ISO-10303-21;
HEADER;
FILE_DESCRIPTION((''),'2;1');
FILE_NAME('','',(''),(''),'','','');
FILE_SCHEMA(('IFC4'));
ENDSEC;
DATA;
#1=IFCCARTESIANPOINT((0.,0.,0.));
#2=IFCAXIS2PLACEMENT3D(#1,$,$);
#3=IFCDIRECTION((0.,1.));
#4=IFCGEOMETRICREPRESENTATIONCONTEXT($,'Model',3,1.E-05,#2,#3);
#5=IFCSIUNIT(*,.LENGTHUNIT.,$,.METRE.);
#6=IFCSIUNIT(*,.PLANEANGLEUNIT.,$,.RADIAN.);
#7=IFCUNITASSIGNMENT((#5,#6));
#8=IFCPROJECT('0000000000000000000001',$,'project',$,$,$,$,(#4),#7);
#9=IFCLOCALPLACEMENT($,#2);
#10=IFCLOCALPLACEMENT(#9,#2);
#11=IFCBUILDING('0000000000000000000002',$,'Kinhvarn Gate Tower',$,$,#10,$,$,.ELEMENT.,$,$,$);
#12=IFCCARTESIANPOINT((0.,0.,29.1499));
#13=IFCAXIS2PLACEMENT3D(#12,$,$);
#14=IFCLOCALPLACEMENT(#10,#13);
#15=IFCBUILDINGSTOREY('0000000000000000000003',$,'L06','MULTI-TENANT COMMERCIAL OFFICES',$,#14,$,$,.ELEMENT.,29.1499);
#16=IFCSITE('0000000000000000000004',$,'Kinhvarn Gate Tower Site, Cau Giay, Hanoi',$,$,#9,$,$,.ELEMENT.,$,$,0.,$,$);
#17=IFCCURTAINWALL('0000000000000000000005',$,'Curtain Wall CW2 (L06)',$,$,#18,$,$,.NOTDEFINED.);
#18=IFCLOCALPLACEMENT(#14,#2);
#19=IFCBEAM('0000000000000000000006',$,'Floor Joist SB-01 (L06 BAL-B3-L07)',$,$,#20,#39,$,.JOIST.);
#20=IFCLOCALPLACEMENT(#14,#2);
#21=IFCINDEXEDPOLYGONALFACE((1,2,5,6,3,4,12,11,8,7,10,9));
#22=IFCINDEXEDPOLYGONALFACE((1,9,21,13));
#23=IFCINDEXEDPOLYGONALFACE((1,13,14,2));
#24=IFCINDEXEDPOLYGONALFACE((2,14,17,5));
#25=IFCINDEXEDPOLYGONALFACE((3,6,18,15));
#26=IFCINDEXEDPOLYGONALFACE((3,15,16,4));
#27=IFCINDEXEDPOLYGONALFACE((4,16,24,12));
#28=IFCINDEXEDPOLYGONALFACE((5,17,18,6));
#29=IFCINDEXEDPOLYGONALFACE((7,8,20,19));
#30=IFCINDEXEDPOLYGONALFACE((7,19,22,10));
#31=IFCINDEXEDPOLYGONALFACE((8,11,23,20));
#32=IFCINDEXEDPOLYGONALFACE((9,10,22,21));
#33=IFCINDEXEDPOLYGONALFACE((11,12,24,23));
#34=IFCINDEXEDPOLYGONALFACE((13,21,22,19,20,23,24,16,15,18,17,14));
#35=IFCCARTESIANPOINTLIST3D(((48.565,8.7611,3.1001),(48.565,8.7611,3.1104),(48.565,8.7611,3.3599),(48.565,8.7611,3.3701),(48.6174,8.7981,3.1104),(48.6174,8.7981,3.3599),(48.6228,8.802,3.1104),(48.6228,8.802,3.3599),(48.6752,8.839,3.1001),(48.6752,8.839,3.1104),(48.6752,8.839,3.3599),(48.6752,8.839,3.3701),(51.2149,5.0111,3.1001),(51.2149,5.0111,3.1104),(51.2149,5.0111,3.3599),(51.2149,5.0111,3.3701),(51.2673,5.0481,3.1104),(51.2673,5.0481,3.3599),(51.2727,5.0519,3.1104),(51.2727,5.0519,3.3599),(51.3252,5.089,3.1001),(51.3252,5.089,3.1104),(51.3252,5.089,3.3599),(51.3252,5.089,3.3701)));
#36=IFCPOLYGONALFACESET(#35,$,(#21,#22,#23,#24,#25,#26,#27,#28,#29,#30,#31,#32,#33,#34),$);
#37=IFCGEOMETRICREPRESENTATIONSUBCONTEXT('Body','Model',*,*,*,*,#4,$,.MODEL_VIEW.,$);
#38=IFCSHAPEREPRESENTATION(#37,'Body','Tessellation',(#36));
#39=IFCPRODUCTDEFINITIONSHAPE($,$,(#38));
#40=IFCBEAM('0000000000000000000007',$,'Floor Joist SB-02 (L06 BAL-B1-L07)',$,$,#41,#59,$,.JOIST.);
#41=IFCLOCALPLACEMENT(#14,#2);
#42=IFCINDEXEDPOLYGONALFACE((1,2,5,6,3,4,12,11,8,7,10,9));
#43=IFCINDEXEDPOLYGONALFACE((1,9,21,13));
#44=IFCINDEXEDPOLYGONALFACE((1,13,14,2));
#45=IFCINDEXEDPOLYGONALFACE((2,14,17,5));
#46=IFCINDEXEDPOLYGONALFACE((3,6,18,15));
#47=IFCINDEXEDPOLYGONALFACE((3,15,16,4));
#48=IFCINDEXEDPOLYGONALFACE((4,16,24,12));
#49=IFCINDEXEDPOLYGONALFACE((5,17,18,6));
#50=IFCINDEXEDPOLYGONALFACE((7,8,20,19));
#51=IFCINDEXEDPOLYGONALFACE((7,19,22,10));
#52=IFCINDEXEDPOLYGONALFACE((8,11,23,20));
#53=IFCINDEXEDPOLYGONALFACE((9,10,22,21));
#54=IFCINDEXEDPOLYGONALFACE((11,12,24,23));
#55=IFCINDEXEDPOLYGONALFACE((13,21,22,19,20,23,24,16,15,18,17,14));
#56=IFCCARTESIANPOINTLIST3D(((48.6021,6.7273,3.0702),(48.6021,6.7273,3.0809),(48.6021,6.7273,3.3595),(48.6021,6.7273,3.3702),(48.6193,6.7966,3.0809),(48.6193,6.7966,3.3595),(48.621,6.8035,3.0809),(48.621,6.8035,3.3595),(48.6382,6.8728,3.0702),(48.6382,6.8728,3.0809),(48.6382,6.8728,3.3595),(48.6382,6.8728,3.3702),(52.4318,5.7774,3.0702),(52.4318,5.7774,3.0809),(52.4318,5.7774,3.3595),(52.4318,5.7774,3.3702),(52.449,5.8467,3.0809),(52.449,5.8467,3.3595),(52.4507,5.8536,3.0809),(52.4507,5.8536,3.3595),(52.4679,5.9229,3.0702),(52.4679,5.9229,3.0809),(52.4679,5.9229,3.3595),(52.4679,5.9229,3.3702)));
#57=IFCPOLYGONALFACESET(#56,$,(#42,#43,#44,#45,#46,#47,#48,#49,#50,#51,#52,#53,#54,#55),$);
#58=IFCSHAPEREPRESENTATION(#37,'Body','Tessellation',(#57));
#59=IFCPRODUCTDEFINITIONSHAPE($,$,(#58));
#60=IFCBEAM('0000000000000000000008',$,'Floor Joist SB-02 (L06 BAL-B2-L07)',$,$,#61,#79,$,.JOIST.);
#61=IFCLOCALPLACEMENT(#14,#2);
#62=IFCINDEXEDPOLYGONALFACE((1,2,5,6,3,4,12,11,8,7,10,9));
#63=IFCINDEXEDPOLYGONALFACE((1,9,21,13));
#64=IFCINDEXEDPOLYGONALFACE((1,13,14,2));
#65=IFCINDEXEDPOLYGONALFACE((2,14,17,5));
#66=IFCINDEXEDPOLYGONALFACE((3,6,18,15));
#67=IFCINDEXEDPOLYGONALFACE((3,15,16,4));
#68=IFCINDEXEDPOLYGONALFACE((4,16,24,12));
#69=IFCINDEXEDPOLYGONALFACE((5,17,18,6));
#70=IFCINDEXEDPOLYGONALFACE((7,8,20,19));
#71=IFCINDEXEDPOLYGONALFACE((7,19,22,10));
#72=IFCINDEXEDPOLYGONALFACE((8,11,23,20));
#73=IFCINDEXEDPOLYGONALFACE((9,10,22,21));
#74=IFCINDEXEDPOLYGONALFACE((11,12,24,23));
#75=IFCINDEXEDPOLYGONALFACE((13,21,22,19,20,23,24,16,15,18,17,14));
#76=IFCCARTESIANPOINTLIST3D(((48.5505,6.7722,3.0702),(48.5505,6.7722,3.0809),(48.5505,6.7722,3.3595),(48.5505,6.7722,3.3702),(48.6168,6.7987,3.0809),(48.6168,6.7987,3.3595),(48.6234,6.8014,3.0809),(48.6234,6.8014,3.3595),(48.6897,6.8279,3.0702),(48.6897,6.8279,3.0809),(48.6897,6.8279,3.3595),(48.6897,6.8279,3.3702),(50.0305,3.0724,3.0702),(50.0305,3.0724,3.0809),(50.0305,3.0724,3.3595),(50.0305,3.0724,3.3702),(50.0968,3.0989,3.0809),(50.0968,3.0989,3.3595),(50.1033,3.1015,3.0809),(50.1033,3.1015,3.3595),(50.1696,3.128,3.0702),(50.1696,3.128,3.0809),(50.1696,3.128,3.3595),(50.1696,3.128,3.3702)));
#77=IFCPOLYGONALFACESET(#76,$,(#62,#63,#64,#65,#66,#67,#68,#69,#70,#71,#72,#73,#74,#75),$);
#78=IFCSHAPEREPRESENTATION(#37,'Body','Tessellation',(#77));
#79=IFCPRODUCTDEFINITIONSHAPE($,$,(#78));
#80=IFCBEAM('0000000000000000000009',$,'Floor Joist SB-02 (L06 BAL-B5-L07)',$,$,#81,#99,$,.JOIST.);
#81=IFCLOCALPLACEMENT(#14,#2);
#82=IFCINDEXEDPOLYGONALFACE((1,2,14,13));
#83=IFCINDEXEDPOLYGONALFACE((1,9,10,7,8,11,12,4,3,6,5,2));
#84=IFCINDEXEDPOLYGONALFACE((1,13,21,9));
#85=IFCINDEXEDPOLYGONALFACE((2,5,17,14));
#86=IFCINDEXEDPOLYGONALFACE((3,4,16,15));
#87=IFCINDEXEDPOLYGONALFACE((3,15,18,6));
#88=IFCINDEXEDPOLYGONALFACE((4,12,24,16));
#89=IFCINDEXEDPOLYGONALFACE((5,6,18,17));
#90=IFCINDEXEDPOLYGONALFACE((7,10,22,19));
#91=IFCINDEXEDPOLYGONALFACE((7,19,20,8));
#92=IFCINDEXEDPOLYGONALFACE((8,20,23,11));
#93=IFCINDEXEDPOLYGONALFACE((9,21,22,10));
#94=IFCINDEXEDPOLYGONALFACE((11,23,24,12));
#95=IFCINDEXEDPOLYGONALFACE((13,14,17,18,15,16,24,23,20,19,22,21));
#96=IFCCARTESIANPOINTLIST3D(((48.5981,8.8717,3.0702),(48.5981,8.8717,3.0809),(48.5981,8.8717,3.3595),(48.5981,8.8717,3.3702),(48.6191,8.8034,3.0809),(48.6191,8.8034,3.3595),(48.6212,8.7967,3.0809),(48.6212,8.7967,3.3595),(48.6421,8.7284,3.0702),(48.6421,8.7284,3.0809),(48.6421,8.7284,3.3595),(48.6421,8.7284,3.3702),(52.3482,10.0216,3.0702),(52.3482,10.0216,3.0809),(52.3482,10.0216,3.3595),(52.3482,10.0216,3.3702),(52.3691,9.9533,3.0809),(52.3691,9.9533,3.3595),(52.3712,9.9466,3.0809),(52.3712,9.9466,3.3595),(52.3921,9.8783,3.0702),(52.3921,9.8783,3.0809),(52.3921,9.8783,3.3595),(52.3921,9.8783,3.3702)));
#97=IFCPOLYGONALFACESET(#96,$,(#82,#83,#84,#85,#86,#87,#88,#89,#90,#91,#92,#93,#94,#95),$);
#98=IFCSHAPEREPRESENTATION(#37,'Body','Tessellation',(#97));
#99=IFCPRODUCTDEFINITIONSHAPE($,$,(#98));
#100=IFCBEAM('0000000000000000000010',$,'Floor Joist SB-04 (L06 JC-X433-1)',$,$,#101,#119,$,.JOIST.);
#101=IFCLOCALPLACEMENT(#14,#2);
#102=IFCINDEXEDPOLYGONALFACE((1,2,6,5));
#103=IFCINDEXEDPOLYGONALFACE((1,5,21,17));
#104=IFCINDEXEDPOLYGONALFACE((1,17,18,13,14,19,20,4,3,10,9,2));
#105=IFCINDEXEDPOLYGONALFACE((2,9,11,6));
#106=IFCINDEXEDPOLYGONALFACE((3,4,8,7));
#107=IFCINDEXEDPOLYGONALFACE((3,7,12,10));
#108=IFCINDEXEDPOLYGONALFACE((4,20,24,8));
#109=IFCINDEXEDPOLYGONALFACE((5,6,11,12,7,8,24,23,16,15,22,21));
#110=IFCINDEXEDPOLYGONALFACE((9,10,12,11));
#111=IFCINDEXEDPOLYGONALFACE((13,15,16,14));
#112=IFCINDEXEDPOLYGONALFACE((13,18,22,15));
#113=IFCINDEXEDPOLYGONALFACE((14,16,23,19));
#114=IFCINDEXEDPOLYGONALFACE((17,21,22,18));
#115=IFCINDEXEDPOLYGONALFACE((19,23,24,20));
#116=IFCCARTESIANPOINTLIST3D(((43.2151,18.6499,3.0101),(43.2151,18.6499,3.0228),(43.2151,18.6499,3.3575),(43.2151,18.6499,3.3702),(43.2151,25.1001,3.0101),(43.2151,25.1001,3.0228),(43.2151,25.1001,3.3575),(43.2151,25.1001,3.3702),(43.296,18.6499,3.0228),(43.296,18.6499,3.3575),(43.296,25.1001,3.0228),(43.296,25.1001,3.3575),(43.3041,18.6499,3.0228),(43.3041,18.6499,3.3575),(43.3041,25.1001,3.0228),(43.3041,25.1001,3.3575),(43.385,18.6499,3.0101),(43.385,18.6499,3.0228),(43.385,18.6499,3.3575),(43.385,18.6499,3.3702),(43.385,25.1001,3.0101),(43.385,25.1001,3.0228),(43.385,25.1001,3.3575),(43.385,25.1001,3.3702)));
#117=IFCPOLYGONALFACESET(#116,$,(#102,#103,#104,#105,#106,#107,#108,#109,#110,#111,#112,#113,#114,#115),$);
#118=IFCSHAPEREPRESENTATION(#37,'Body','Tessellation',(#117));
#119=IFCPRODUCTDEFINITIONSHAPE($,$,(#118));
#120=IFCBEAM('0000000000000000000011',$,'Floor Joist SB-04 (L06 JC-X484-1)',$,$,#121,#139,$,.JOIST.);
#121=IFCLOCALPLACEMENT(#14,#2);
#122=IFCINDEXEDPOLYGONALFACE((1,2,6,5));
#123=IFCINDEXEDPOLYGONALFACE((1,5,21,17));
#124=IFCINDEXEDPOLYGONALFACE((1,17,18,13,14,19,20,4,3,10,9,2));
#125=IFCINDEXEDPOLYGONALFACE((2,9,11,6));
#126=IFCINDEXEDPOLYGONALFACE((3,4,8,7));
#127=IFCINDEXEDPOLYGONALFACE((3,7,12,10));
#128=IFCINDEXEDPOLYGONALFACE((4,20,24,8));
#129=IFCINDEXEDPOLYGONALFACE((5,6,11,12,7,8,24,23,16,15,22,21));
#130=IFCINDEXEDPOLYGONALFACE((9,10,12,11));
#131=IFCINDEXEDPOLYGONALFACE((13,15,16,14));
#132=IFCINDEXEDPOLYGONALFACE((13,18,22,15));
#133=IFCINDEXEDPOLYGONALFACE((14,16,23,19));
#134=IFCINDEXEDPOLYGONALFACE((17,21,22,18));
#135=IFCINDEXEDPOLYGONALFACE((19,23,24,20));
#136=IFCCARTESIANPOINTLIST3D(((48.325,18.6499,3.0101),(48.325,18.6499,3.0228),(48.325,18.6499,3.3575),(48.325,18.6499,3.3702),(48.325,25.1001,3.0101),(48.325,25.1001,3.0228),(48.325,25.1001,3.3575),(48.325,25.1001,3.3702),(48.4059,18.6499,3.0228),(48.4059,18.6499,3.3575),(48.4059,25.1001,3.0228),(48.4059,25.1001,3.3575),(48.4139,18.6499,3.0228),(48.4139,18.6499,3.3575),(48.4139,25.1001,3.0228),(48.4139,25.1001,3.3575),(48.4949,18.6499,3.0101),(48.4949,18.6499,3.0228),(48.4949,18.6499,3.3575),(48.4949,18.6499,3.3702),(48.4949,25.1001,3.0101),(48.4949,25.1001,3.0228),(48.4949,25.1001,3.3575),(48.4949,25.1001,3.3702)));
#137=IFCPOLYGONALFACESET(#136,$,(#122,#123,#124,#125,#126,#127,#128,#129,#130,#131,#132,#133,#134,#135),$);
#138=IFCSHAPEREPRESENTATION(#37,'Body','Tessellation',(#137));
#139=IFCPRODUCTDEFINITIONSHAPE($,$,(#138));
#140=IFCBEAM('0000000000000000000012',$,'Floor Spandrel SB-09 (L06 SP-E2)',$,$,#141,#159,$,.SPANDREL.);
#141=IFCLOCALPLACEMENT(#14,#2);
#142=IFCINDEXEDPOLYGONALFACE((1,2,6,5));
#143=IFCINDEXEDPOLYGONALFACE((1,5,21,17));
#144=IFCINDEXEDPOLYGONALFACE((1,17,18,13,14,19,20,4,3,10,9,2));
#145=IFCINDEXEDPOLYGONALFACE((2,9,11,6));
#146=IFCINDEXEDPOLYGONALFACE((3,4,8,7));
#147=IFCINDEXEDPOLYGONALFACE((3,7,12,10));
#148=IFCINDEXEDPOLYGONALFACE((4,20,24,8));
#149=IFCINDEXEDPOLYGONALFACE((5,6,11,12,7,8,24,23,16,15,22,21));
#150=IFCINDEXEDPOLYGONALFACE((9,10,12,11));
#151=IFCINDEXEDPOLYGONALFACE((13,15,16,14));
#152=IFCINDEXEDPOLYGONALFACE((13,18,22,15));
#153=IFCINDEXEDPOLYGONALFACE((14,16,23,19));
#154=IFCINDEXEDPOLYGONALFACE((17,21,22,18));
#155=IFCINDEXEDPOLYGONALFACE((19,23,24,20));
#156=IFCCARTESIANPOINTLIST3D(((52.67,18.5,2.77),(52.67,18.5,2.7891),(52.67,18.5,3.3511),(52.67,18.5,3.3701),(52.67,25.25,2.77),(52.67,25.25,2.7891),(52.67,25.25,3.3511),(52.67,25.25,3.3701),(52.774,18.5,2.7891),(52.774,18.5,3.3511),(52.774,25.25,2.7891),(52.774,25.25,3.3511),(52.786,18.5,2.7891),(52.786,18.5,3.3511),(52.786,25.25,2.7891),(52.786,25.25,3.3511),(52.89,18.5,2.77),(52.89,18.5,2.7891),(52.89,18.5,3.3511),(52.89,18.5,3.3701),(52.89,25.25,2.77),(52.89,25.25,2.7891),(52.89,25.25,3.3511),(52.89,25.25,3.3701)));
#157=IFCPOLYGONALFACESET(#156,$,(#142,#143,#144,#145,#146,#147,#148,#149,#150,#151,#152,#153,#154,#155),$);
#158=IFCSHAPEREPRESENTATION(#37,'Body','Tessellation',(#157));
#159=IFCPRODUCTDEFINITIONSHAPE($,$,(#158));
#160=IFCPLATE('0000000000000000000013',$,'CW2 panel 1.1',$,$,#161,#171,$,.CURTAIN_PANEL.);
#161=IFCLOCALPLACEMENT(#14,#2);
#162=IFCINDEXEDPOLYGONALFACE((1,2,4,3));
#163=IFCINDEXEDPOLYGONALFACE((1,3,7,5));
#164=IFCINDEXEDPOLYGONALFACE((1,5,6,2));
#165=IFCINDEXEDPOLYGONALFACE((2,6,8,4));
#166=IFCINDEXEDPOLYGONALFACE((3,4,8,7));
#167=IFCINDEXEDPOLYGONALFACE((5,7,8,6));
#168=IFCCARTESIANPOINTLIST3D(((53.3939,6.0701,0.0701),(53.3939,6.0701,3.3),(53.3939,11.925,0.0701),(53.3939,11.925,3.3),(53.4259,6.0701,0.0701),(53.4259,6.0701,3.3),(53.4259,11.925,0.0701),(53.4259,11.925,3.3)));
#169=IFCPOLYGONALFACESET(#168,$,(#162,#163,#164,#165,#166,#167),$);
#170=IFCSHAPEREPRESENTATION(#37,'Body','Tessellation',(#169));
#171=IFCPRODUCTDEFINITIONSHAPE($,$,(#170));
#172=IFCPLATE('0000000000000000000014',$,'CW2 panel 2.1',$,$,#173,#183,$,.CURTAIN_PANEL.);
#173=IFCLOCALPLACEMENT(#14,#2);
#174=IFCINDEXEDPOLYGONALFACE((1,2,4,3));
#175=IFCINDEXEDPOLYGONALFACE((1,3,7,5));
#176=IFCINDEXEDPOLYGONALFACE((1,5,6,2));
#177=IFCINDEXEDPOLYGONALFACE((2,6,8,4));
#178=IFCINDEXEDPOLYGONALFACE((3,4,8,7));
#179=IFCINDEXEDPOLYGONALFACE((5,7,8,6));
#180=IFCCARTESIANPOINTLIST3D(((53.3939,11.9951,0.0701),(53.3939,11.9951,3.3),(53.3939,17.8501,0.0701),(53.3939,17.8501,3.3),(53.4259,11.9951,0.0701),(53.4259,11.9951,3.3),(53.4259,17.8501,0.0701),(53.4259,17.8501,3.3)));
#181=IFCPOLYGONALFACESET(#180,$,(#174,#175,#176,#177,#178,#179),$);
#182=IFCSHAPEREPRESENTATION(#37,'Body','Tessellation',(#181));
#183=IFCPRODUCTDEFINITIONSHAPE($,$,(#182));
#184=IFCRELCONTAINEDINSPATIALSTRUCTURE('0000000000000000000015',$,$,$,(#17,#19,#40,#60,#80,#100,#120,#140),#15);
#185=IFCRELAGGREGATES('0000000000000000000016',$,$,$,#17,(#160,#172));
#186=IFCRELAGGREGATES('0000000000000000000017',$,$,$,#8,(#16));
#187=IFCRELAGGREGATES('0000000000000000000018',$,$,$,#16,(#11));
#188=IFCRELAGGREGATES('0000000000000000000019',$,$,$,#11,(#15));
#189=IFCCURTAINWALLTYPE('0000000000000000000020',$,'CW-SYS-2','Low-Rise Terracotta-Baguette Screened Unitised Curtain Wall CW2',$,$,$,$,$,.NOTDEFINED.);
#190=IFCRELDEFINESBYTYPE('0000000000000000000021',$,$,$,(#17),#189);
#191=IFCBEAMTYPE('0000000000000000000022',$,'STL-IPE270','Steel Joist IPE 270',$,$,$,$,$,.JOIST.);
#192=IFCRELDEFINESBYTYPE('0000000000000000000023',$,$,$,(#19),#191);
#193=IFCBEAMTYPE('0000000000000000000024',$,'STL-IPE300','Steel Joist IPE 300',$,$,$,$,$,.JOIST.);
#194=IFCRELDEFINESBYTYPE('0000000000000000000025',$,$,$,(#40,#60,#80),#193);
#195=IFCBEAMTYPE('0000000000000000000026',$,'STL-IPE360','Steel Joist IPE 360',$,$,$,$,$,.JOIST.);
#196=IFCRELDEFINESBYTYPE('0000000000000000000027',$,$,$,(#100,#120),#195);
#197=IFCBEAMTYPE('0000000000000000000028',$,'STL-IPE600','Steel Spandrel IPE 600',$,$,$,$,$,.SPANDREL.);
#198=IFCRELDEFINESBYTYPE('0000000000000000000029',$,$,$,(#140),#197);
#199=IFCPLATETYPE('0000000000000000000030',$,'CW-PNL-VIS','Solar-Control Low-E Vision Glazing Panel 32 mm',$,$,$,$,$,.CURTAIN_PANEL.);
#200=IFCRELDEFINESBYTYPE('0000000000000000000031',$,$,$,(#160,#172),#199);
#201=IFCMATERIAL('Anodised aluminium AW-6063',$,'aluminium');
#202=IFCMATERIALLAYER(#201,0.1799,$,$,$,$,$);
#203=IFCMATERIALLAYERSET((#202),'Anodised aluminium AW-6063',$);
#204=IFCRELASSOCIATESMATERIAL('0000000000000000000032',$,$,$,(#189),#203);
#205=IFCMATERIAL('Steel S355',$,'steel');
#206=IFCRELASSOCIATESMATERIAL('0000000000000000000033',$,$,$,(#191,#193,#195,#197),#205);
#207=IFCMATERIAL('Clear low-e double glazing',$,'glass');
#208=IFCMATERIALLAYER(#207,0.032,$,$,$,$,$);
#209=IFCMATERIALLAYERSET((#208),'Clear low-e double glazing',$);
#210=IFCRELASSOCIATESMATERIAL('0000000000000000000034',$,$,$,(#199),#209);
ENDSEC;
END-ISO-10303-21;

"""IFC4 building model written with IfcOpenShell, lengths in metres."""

from ifc_helpers import new_model, si_unit, direction, frame, origin, origin_2d, place, context, subcontext, project, spatial, rectangle, i_section, extrude, material, layer, layer_set, material_profile, profile_set, type_object, element, aggregate, save


model = new_model("IFC4")

# Units and contexts
model_context = context("Model", 3, precision=1e-05, world=origin(), true_north=direction((0.0, 1.0)))
body_context = subcontext(model_context, "Body", "Model", "MODEL_VIEW")
ifc_project = project(units=[si_unit("LENGTHUNIT", "METRE"), si_unit("PLANEANGLEUNIT", "RADIAN")], contexts=[model_context])

# Site, building, storey
site_placement = place(None, origin())
site = spatial("IfcSite", under=ifc_project, at=site_placement, Name="Kinhvarn Gate Tower Site, Cau Giay, Hanoi", CompositionType="ELEMENT", RefElevation=0.0)
building_placement = place(site_placement, origin())
building = spatial("IfcBuilding", under=site, at=building_placement, Name="Kinhvarn Gate Tower", CompositionType="ELEMENT")
storey_placement = place(building_placement, frame((0.0, 0.0, 29.1499)))
storey = spatial("IfcBuildingStorey", under=building, at=storey_placement, Name="L06", Description="MULTI-TENANT COMMERCIAL OFFICES", CompositionType="ELEMENT", Elevation=29.1499)

# Curtain wall
ifc_material_1 = material(Name="Anodised aluminium AW-6063", Category="aluminium")
ifc_layer_1 = layer(ifc_material_1, 0.1799)
ifc_layer_set_1 = layer_set([ifc_layer_1], Name="Anodised aluminium AW-6063")
curtain_wall_type = type_object("IfcCurtainWallType", Name="CW-SYS-2", Description="Low-Rise Terracotta-Baguette Screened Unitised Curtain Wall CW2", PredefinedType="NOTDEFINED", material=ifc_layer_set_1)
curtain_wall_1_placement = place(storey_placement, origin())
curtain_wall_1 = element("IfcCurtainWall", 1, at=curtain_wall_1_placement, inside=storey, type_object=curtain_wall_type, Name="Curtain Wall CW2 (L06)", PredefinedType="NOTDEFINED")

# Beams
ifc_material_2 = material(Name="Steel S355", Category="steel")
ifc_material_profile_1 = material_profile(ifc_material_2, i_section(OverallWidth=0.135, OverallDepth=0.27, WebThickness=0.0066, FlangeThickness=0.0103, at=origin_2d()), Name="IPE 270")
ifc_profile_set_1 = profile_set([ifc_material_profile_1], Name="Steel S355")
beam_type_1 = type_object("IfcBeamType", Name="STL-IPE270", Description="Steel Joist IPE 270", PredefinedType="JOIST", material=ifc_profile_set_1)
beam_1_placement = place(storey_placement, frame((48.6201, 8.8, 3.2351), z_axis=(0.577096, -0.816676, 0.0), x_axis=(0.816676, 0.577096, 0.0)))
element("IfcBeam", 2, at=beam_1_placement, inside=storey, type_object=beam_type_1, Name="Floor Joist SB-01 (L06 BAL-B3-L07)", PredefinedType="JOIST", context=body_context, shape_type="SweptSolid", body=[
    extrude(i_section(OverallWidth=0.135, OverallDepth=0.27, WebThickness=0.0066, FlangeThickness=0.0103, at=origin_2d()), origin(), (0.0, 0.0, 1.0), 4.5918),
])
ifc_material_profile_2 = material_profile(ifc_material_2, i_section(OverallWidth=0.1499, OverallDepth=0.3, WebThickness=0.0071, FlangeThickness=0.0107, at=origin_2d()), Name="IPE 300")
ifc_profile_set_2 = profile_set([ifc_material_profile_2], Name="Steel S355")
beam_type_2 = type_object("IfcBeamType", Name="STL-IPE300", Description="Steel Joist IPE 300", PredefinedType="JOIST", material=ifc_profile_set_2)
beam_2_placement = place(storey_placement, frame((48.6201, 6.8, 3.2202), z_axis=(0.970589, -0.240745, 0.0), x_axis=(0.240745, 0.970589, 0.0)))
element("IfcBeam", 3, at=beam_2_placement, inside=storey, type_object=beam_type_2, Name="Floor Joist SB-02 (L06 BAL-B1-L07)", PredefinedType="JOIST", context=body_context, shape_type="SweptSolid", body=[
    extrude(i_section(OverallWidth=0.1499, OverallDepth=0.3, WebThickness=0.0071, FlangeThickness=0.0107, at=origin_2d()), origin(), (0.0, 0.0, 1.0), 3.9458),
])
beam_3_placement = place(storey_placement, frame((48.6201, 6.8, 3.2202), z_axis=(0.371391, -0.928477, 0.0), x_axis=(0.928477, 0.371391, 0.0)))
element("IfcBeam", 4, at=beam_3_placement, inside=storey, type_object=beam_type_2, Name="Floor Joist SB-02 (L06 BAL-B2-L07)", PredefinedType="JOIST", context=body_context, shape_type="SweptSolid", body=[
    extrude(i_section(OverallWidth=0.1499, OverallDepth=0.3, WebThickness=0.0071, FlangeThickness=0.0107, at=origin_2d()), origin(), (0.0, 0.0, 1.0), 3.9849),
])
beam_4_placement = place(storey_placement, frame((48.6201, 8.8, 3.2202), z_axis=(0.956061, 0.293167, 0.0), x_axis=(-0.293167, 0.956061, 0.0)))
element("IfcBeam", 5, at=beam_4_placement, inside=storey, type_object=beam_type_2, Name="Floor Joist SB-02 (L06 BAL-B5-L07)", PredefinedType="JOIST", context=body_context, shape_type="SweptSolid", body=[
    extrude(i_section(OverallWidth=0.1499, OverallDepth=0.3, WebThickness=0.0071, FlangeThickness=0.0107, at=origin_2d()), origin(), (0.0, 0.0, 1.0), 3.9224),
])
ifc_material_profile_3 = material_profile(ifc_material_2, i_section(OverallWidth=0.1699, OverallDepth=0.3601, WebThickness=0.0081, FlangeThickness=0.0127, at=origin_2d()), Name="IPE 360")
ifc_profile_set_3 = profile_set([ifc_material_profile_3], Name="Steel S355")
beam_type_3 = type_object("IfcBeamType", Name="STL-IPE360", Description="Steel Joist IPE 360", PredefinedType="JOIST", material=ifc_profile_set_3)
for number, where, z_axis, x_axis, name in (
    (6, (43.3, 18.6499, 3.1902), (0.0, 1.0, 0.0), (-1.0, 0.0, 0.0), "Floor Joist SB-04 (L06 JC-X433-1)"),
    (7, (48.4099, 18.6499, 3.1902), (0.0, 1.0, 0.0), (-1.0, 0.0, 0.0), "Floor Joist SB-04 (L06 JC-X484-1)"),
):
    element("IfcBeam", number, at=place(storey_placement, frame(where, z_axis=z_axis, x_axis=x_axis)), inside=storey, type_object=beam_type_3, Name=name, PredefinedType="JOIST", context=body_context, shape_type="SweptSolid", body=[
        extrude(i_section(OverallWidth=0.1699, OverallDepth=0.3601, WebThickness=0.0081, FlangeThickness=0.0127, at=origin_2d()), origin(), (0.0, 0.0, 1.0), 6.4502),
    ])
ifc_material_profile_4 = material_profile(ifc_material_2, i_section(OverallWidth=0.22, OverallDepth=0.6001, WebThickness=0.012, FlangeThickness=0.019, at=origin_2d()), Name="IPE 600")
ifc_profile_set_4 = profile_set([ifc_material_profile_4], Name="Steel S355")
beam_type_4 = type_object("IfcBeamType", Name="STL-IPE600", Description="Steel Spandrel IPE 600", PredefinedType="SPANDREL", material=ifc_profile_set_4)
beam_5_placement = place(storey_placement, frame((52.78, 18.5, 3.0701), z_axis=(0.0, 1.0, 0.0), x_axis=(-1.0, 0.0, 0.0)))
element("IfcBeam", 8, at=beam_5_placement, inside=storey, type_object=beam_type_4, Name="Floor Spandrel SB-09 (L06 SP-E2)", PredefinedType="SPANDREL", context=body_context, shape_type="SweptSolid", body=[
    extrude(i_section(OverallWidth=0.22, OverallDepth=0.6001, WebThickness=0.012, FlangeThickness=0.019, at=origin_2d()), origin(), (0.0, 0.0, 1.0), 6.75),
])

# Plates
ifc_material_3 = material(Name="Clear low-e double glazing", Category="glass")
ifc_layer_2 = layer(ifc_material_3, 0.032)
ifc_layer_set_2 = layer_set([ifc_layer_2], Name="Clear low-e double glazing")
plate_type = type_object("IfcPlateType", Name="CW-PNL-VIS", Description="Solar-Control Low-E Vision Glazing Panel 32 mm", PredefinedType="CURTAIN_PANEL", material=ifc_layer_set_2)
plate_1_placement = place(storey_placement, frame((53.4099, 8.9976, 0.0701), z_axis=(0.0, 0.0, 1.0), x_axis=(0.0, 1.0, 0.0)))
plate_1 = element("IfcPlate", 9, at=plate_1_placement, type_object=plate_type, Name="CW2 panel 1.1", PredefinedType="CURTAIN_PANEL", context=body_context, shape_type="SweptSolid", body=[
    extrude(rectangle(XDim=5.855, YDim=0.032, at=origin_2d()), origin(), (0.0, 0.0, 1.0), 3.23),
])
plate_2_placement = place(storey_placement, frame((53.4099, 14.9226, 0.0701), z_axis=(0.0, 0.0, 1.0), x_axis=(0.0, 1.0, 0.0)))
plate_2 = element("IfcPlate", 10, at=plate_2_placement, type_object=plate_type, Name="CW2 panel 2.1", PredefinedType="CURTAIN_PANEL", context=body_context, shape_type="SweptSolid", body=[
    extrude(rectangle(XDim=5.855, YDim=0.032, at=origin_2d()), origin(), (0.0, 0.0, 1.0), 3.23),
])
aggregate(curtain_wall_1, [plate_1, plate_2])

save(model, "model.ifc")
